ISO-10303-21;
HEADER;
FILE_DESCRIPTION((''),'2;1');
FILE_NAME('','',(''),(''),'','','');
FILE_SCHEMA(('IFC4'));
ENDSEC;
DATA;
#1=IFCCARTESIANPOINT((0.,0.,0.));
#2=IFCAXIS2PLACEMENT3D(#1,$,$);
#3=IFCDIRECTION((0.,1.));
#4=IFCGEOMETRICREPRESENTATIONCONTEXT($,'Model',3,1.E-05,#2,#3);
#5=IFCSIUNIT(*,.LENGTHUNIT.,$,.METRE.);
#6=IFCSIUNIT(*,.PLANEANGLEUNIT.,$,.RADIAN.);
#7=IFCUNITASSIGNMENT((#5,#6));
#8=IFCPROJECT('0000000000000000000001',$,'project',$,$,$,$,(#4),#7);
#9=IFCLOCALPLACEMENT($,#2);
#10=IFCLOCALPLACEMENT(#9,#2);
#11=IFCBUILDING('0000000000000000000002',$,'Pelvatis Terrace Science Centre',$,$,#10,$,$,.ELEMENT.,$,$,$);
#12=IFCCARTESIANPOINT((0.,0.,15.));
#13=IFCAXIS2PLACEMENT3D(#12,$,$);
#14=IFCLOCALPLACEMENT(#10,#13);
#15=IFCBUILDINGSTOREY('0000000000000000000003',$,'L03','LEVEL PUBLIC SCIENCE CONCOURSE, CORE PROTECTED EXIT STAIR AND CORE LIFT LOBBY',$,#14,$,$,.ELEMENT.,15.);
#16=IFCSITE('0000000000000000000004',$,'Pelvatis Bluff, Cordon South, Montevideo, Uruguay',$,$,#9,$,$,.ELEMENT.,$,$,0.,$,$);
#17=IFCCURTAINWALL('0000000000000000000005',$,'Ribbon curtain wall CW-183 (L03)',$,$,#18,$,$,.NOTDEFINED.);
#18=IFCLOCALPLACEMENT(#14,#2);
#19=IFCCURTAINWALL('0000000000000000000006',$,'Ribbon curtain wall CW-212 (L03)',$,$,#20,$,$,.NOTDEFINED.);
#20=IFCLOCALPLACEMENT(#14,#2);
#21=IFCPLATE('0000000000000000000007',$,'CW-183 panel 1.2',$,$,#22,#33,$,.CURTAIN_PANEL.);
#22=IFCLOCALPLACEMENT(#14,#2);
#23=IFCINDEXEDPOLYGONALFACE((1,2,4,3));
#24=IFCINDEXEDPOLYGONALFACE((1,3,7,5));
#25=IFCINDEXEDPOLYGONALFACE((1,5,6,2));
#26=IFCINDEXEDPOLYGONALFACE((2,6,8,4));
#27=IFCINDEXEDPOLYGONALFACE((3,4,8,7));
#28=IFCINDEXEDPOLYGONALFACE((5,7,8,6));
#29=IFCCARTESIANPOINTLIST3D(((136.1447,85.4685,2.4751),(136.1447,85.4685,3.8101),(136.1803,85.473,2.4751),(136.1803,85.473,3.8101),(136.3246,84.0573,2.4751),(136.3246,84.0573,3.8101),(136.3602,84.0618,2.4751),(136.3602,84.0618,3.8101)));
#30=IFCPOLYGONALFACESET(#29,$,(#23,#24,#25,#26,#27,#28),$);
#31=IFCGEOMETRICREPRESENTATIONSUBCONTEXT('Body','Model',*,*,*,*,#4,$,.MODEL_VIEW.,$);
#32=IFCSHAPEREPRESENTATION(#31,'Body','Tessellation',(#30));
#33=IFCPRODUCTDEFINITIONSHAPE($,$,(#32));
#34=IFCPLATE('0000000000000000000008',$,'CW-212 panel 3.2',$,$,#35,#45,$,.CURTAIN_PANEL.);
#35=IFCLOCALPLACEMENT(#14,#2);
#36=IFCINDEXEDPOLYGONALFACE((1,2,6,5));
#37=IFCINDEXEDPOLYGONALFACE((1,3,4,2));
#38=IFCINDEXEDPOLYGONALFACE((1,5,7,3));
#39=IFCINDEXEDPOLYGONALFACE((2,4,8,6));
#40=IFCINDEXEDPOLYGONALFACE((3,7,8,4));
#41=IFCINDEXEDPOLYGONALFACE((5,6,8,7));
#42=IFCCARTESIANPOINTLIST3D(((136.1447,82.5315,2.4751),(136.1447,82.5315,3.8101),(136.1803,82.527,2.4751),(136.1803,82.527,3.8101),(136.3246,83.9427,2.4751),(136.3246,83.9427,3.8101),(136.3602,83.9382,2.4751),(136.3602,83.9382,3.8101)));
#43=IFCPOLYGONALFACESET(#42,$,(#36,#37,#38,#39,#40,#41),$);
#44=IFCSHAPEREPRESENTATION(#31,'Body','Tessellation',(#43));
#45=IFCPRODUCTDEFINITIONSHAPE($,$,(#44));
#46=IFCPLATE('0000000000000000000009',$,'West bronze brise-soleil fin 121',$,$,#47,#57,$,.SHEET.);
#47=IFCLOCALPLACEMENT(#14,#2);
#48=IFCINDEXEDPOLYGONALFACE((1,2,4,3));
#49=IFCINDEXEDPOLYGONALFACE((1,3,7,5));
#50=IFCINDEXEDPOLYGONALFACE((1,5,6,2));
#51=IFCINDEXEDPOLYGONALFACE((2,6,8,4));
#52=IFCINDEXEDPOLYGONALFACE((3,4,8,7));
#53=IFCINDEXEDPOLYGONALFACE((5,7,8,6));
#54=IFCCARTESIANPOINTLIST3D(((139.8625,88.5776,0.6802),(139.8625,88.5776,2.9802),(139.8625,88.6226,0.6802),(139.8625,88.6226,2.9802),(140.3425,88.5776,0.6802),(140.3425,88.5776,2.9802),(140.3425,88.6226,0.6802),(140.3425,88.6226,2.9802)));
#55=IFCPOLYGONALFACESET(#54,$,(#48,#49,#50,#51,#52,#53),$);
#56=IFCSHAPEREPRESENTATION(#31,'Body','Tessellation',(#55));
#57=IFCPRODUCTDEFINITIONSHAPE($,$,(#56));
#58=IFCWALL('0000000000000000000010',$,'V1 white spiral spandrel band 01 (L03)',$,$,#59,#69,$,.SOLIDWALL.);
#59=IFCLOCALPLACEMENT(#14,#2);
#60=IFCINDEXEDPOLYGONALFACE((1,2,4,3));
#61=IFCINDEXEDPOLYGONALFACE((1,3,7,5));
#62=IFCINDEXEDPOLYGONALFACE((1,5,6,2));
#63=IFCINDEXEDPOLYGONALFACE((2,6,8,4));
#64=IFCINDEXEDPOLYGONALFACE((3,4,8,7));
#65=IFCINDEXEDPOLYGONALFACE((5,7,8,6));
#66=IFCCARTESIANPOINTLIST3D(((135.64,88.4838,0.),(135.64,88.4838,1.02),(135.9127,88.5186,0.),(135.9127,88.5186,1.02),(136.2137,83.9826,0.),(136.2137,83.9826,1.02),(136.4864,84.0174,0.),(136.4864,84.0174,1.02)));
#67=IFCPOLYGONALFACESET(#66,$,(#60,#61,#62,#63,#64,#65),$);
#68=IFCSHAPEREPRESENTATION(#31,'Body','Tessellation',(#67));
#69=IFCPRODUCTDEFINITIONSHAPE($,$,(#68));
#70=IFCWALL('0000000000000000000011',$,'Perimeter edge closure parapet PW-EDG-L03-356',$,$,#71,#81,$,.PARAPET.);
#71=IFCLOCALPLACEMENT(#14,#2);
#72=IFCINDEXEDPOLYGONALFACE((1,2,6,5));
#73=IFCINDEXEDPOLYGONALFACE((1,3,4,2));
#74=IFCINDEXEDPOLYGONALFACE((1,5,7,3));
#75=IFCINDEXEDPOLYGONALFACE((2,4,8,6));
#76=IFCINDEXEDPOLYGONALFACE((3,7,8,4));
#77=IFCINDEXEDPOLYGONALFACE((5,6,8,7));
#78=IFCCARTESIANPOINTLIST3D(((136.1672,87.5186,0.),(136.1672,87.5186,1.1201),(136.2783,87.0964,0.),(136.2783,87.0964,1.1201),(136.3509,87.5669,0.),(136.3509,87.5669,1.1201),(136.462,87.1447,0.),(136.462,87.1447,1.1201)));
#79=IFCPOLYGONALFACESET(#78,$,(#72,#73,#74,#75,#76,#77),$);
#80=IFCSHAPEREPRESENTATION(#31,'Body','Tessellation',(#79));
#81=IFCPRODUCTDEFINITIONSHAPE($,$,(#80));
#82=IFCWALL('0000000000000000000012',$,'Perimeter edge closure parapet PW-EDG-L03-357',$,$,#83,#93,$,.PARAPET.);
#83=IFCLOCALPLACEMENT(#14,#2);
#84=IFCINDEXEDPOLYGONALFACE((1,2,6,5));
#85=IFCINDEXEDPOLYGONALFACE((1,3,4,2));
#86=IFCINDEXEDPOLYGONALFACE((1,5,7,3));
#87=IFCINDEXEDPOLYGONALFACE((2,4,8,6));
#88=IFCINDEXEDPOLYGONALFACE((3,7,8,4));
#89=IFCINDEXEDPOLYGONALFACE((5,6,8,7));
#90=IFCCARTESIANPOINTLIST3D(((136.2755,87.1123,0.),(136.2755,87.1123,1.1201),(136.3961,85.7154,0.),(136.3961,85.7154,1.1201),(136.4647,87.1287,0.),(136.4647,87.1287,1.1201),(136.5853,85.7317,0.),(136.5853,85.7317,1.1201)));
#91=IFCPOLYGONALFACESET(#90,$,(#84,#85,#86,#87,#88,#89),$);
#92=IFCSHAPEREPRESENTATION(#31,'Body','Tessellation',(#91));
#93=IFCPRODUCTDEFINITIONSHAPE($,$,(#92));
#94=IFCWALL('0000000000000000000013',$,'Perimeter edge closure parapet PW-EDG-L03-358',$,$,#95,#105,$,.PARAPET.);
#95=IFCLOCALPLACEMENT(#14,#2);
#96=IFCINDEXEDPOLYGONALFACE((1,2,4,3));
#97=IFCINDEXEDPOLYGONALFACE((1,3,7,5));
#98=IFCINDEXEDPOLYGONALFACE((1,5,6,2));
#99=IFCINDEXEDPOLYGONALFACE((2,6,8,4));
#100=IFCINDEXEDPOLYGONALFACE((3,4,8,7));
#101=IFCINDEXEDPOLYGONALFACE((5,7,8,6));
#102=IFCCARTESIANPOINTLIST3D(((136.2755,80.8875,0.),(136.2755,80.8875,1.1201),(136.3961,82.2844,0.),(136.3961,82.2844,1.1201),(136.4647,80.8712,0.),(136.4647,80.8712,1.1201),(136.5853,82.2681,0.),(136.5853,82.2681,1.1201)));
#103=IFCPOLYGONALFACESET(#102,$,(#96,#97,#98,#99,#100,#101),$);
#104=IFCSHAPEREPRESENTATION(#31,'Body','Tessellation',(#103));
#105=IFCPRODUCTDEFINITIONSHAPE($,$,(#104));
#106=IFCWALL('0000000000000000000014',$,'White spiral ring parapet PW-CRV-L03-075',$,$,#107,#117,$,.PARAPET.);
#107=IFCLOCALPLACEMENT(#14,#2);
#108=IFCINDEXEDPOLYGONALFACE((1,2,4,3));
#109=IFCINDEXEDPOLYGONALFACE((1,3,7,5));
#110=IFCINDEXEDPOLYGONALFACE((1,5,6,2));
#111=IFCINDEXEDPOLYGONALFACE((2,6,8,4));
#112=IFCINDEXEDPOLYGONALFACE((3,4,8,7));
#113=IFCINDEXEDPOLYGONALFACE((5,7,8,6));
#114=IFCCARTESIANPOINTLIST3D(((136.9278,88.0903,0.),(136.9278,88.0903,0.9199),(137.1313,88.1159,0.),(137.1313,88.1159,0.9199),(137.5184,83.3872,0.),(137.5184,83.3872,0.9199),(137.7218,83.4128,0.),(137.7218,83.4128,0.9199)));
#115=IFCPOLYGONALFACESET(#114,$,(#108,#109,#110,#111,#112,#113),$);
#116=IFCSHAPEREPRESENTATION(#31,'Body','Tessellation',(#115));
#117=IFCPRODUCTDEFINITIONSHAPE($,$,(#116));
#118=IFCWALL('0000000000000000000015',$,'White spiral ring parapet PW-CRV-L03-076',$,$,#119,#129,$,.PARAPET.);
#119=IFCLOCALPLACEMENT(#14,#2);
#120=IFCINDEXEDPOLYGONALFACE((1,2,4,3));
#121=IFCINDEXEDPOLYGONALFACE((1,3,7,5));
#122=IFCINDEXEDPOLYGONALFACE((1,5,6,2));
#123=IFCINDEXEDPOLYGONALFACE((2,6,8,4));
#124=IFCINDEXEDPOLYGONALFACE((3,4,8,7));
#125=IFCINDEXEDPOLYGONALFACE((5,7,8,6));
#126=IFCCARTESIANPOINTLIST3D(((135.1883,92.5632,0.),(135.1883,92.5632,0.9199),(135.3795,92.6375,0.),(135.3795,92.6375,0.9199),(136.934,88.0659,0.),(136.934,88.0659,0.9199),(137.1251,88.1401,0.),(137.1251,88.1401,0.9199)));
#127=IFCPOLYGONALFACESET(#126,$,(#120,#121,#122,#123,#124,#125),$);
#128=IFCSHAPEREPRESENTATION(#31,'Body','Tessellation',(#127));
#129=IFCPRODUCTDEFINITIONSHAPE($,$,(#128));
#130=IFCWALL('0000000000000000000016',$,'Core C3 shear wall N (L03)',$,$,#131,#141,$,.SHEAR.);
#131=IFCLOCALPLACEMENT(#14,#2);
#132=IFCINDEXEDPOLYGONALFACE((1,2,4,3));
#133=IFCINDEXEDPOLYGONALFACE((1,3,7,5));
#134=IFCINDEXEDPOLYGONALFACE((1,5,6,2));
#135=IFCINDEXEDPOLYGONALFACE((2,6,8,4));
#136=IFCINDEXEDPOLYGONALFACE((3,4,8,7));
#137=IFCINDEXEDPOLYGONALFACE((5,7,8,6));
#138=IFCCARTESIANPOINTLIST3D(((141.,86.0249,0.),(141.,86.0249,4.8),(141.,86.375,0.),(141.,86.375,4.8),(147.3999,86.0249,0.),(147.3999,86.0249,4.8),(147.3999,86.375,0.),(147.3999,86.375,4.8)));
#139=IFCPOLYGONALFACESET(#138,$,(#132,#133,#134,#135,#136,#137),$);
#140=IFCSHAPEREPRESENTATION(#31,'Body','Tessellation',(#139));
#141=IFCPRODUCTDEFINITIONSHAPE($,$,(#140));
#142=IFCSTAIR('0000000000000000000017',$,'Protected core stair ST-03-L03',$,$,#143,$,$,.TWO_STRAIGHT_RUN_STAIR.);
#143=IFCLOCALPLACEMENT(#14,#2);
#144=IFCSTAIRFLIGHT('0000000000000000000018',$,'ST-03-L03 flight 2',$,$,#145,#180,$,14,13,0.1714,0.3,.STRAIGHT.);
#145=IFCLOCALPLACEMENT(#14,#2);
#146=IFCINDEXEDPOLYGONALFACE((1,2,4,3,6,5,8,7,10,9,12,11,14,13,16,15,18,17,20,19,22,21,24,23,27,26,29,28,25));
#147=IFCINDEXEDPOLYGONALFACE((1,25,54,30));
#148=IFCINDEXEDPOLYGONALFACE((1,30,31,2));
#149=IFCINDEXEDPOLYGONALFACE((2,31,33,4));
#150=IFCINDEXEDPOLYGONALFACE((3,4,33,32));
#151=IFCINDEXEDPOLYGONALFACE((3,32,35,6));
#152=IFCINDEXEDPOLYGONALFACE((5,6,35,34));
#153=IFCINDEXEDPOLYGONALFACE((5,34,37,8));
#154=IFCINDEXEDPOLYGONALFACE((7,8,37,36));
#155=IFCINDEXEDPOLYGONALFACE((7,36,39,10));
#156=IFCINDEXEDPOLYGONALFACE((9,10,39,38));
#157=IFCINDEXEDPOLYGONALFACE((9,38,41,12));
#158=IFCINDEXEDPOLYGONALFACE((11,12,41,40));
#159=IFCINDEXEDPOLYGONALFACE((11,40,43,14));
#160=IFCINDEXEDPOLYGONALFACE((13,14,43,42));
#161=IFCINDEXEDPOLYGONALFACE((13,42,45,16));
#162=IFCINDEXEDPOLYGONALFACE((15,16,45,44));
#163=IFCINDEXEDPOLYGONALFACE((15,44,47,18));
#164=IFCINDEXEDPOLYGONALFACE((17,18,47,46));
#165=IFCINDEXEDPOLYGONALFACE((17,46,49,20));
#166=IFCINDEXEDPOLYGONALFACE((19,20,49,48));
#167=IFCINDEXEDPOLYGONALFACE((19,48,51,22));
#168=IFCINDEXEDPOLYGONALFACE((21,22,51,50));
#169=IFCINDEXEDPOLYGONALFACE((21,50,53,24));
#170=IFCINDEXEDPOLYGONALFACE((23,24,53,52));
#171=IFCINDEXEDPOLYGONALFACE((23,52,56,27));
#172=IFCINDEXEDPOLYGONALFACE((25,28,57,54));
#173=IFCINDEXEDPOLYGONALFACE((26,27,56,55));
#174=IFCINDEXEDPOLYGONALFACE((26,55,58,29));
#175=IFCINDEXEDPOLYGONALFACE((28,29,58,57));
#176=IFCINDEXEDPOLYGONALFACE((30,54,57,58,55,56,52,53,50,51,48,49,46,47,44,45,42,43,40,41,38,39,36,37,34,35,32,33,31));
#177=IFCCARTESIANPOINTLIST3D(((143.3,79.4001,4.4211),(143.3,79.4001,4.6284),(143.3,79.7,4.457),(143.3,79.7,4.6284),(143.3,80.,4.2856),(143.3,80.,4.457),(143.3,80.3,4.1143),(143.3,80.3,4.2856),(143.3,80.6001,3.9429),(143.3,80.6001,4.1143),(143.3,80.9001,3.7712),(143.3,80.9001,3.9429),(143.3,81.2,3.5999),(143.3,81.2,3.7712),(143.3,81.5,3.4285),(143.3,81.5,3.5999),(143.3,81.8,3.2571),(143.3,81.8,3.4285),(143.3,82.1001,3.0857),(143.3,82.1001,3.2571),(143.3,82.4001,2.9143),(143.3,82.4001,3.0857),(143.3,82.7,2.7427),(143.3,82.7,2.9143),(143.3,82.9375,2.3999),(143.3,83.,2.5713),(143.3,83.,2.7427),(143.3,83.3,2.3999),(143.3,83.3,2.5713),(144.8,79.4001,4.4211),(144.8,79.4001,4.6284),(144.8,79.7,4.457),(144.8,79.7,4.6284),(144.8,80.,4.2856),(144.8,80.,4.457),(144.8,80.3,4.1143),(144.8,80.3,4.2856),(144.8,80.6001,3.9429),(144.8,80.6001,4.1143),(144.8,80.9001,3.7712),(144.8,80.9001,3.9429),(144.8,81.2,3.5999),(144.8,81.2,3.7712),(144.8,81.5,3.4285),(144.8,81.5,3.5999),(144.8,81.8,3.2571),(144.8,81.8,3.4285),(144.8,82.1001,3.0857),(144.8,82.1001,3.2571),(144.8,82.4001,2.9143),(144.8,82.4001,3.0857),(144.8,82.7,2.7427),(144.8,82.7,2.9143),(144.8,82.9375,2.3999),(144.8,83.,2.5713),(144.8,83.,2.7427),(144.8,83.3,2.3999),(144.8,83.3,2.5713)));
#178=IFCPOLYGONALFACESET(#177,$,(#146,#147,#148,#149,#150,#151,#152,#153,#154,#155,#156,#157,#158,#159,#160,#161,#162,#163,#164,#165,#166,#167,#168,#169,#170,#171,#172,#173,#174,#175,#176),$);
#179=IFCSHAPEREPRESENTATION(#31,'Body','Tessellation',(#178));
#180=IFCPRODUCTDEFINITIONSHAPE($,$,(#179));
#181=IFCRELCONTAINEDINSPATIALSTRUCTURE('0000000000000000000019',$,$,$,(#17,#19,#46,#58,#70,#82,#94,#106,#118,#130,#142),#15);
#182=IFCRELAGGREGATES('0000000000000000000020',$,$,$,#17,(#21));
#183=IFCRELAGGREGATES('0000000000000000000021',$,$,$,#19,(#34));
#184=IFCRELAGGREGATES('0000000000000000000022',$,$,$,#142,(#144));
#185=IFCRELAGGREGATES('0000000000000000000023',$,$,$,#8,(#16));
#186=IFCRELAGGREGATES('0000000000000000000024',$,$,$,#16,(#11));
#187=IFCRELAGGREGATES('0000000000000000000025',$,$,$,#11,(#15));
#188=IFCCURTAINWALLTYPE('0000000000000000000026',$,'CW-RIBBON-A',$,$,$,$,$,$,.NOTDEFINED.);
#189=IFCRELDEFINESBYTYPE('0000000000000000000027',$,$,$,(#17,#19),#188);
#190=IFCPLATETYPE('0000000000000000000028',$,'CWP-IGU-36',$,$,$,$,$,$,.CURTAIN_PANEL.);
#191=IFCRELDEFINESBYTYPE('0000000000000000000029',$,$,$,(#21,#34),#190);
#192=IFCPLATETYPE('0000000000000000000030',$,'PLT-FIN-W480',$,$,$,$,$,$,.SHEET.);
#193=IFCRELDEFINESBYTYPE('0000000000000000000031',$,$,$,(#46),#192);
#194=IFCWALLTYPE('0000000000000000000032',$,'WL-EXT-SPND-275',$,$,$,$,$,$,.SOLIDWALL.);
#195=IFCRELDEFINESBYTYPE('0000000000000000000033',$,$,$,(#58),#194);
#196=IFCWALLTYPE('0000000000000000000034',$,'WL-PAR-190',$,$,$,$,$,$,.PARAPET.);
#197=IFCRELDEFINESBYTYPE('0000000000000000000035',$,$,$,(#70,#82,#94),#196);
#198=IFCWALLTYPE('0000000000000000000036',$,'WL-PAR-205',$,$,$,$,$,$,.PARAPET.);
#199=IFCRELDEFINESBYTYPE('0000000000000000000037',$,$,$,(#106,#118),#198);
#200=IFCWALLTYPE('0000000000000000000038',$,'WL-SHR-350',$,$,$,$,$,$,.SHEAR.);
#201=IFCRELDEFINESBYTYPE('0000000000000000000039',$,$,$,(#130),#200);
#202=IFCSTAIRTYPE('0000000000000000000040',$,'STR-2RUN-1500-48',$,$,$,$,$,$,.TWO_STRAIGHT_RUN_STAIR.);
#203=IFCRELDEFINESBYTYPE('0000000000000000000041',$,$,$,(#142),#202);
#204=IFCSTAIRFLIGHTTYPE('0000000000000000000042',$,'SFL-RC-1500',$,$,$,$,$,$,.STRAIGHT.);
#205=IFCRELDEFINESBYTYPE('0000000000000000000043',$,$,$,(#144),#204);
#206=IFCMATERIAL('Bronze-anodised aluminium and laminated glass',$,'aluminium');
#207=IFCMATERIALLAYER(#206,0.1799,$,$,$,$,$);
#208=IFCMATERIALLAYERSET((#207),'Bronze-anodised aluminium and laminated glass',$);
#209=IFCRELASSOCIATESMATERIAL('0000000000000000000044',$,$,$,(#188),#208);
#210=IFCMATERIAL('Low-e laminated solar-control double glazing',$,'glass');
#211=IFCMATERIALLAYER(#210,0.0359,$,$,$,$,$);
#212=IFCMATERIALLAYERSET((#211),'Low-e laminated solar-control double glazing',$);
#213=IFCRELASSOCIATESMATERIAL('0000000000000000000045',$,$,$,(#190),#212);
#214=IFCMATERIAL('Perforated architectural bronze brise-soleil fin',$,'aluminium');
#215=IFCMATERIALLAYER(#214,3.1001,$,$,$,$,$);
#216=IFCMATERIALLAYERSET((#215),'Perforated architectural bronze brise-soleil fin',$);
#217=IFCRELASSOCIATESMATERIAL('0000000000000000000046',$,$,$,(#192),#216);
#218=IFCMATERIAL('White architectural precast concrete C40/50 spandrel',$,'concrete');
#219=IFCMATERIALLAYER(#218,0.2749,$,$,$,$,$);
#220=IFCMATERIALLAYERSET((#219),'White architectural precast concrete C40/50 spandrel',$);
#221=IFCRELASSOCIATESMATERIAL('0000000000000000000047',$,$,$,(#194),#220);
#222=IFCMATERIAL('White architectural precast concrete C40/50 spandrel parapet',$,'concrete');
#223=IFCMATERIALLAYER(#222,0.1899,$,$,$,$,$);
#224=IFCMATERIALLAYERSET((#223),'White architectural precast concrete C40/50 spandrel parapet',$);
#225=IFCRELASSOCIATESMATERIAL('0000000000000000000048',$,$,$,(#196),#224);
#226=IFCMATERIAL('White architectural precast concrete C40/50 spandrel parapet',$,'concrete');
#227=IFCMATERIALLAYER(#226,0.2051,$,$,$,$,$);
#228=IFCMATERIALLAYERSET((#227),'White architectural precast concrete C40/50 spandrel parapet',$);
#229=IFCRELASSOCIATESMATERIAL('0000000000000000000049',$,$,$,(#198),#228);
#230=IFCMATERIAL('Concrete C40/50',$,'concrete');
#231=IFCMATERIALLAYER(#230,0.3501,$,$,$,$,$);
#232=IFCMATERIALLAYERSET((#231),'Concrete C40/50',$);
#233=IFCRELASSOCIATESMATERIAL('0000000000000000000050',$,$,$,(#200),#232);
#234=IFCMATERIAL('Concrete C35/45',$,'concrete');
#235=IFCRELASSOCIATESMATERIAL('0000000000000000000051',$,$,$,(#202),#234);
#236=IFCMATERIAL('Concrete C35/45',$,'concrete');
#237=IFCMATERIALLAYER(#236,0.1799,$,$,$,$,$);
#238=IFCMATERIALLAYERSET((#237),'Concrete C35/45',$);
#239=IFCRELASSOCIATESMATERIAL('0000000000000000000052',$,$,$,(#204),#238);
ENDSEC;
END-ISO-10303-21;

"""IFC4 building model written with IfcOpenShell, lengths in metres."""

from ifc_helpers import new_model, si_unit, direction, frame, frame_2d, origin, origin_2d, place, context, subcontext, project, spatial, polyline, rectangle, outline, extrude, material, layer, layer_set, type_object, element, aggregate, save


model = new_model("IFC4")

# Units and contexts
model_context = context("Model", 3, precision=1e-05, world=origin(), true_north=direction((0.0, 1.0)))
body_context = subcontext(model_context, "Body", "Model", "MODEL_VIEW")
ifc_project = project(units=[si_unit("LENGTHUNIT", "METRE"), si_unit("PLANEANGLEUNIT", "RADIAN")], contexts=[model_context])

# Site, building, storey
site_placement = place(None, origin())
site = spatial("IfcSite", under=ifc_project, at=site_placement, Name="Pelvatis Bluff, Cordon South, Montevideo, Uruguay", CompositionType="ELEMENT", RefElevation=0.0)
building_placement = place(site_placement, origin())
building = spatial("IfcBuilding", under=site, at=building_placement, Name="Pelvatis Terrace Science Centre", CompositionType="ELEMENT")
storey_placement = place(building_placement, frame((0.0, 0.0, 15.0)))
storey = spatial("IfcBuildingStorey", under=building, at=storey_placement, Name="L03", Description="LEVEL PUBLIC SCIENCE CONCOURSE, CORE PROTECTED EXIT STAIR AND CORE LIFT LOBBY", CompositionType="ELEMENT", Elevation=15.0)

# Curtain walls
ifc_material_1 = material(Name="Bronze-anodised aluminium and laminated glass", Category="aluminium")
ifc_layer_1 = layer(ifc_material_1, 0.1799)
ifc_layer_set_1 = layer_set([ifc_layer_1], Name="Bronze-anodised aluminium and laminated glass")
curtain_wall_type = type_object("IfcCurtainWallType", Name="CW-RIBBON-A", PredefinedType="NOTDEFINED", material=ifc_layer_set_1)
curtain_wall_1_placement = place(storey_placement, origin())
curtain_wall_1 = element("IfcCurtainWall", 1, at=curtain_wall_1_placement, inside=storey, type_object=curtain_wall_type, Name="Ribbon curtain wall CW-183 (L03)", PredefinedType="NOTDEFINED")
curtain_wall_2_placement = place(storey_placement, origin())
curtain_wall_2 = element("IfcCurtainWall", 2, at=curtain_wall_2_placement, inside=storey, type_object=curtain_wall_type, Name="Ribbon curtain wall CW-212 (L03)", PredefinedType="NOTDEFINED")

# Plates
ifc_material_2 = material(Name="Low-e laminated solar-control double glazing", Category="glass")
ifc_layer_2 = layer(ifc_material_2, 0.0359)
ifc_layer_set_2 = layer_set([ifc_layer_2], Name="Low-e laminated solar-control double glazing")
plate_type_1 = type_object("IfcPlateType", Name="CWP-IGU-36", PredefinedType="CURTAIN_PANEL", material=ifc_layer_set_2)
plate_1_placement = place(storey_placement, frame((136.2524, 84.7651, 2.4751), z_axis=(0.0, 0.0, 1.0), x_axis=(-0.126408, 0.991978, 0.0)))
plate_1 = element("IfcPlate", 3, at=plate_1_placement, type_object=plate_type_1, Name="CW-183 panel 1.2", PredefinedType="CURTAIN_PANEL", context=body_context, shape_type="SweptSolid", body=[
    extrude(rectangle(XDim=1.4226, YDim=0.0359, at=origin_2d()), origin(), (0.0, 0.0, 1.0), 1.335),
])
aggregate(curtain_wall_1, [plate_1])
plate_2_placement = place(storey_placement, frame((136.2524, 83.2349, 2.4751), z_axis=(0.0, 0.0, 1.0), x_axis=(0.126408, 0.991978, 0.0)))
plate_2 = element("IfcPlate", 4, at=plate_2_placement, type_object=plate_type_1, Name="CW-212 panel 3.2", PredefinedType="CURTAIN_PANEL", context=body_context, shape_type="SweptSolid", body=[
    extrude(rectangle(XDim=1.4226, YDim=0.0359, at=origin_2d()), origin(), (0.0, 0.0, 1.0), 1.335),
])
aggregate(curtain_wall_2, [plate_2])
ifc_material_3 = material(Name="Perforated architectural bronze brise-soleil fin", Category="aluminium")
ifc_layer_3 = layer(ifc_material_3, 3.1001)
ifc_layer_set_3 = layer_set([ifc_layer_3], Name="Perforated architectural bronze brise-soleil fin")
plate_type_2 = type_object("IfcPlateType", Name="PLT-FIN-W480", PredefinedType="SHEET", material=ifc_layer_set_3)
plate_3_placement = place(storey_placement, frame((140.1025, 88.6001, 0.6802), z_axis=(0.0, 0.0, 1.0), x_axis=(1.0, 0.0, 0.0)))
element("IfcPlate", 5, at=plate_3_placement, inside=storey, type_object=plate_type_2, Name="West bronze brise-soleil fin 121", PredefinedType="SHEET", context=body_context, shape_type="SweptSolid", body=[
    extrude(rectangle(XDim=0.48, YDim=0.0449, at=origin_2d()), origin(), (0.0, 0.0, 1.0), 2.3),
])

# Walls
ifc_material_4 = material(Name="White architectural precast concrete C40/50 spandrel", Category="concrete")
ifc_layer_4 = layer(ifc_material_4, 0.2749)
ifc_layer_set_4 = layer_set([ifc_layer_4], Name="White architectural precast concrete C40/50 spandrel")
wall_type_1 = type_object("IfcWallType", Name="WL-EXT-SPND-275", PredefinedType="SOLIDWALL", material=ifc_layer_set_4)
wall_1_placement = place(storey_placement, frame((136.3501, 84.0, 0.0), z_axis=(0.0, 0.0, 1.0), x_axis=(-0.126438, 0.991974, 0.0)))
element("IfcWall", 6, at=wall_1_placement, inside=storey, type_object=wall_type_1, Name="V1 white spiral spandrel band 01 (L03)", PredefinedType="SOLIDWALL", context=body_context, shape_type="SweptSolid", body=[
    extrude(rectangle(XDim=4.5376, YDim=0.2749, at=frame_2d((2.2688, 0.0))), origin(), (0.0, 0.0, 1.0), 1.02),
])
ifc_material_5 = material(Name="White architectural precast concrete C40/50 spandrel parapet", Category="concrete")
ifc_layer_5 = layer(ifc_material_5, 0.1899)
ifc_layer_set_5 = layer_set([ifc_layer_5], Name="White architectural precast concrete C40/50 spandrel parapet")
wall_type_2 = type_object("IfcWallType", Name="WL-PAR-190", PredefinedType="PARAPET", material=ifc_layer_set_5)
wall_2_placement = place(storey_placement, frame((136.259, 87.5427, 0.0), z_axis=(0.0, 0.0, 1.0), x_axis=(0.254493, -0.967075, 0.0)))
element("IfcWall", 7, at=wall_2_placement, inside=storey, type_object=wall_type_2, Name="Perimeter edge closure parapet PW-EDG-L03-356", PredefinedType="PARAPET", context=body_context, shape_type="SweptSolid", body=[
    extrude(rectangle(XDim=0.4365, YDim=0.1899, at=frame_2d((0.2183, 0.0))), origin(), (0.0, 0.0, 1.0), 1.1201),
])
for number, where, z_axis, x_axis, name in (
    (8, (136.3701, 87.1206, 0.0), (0.0, 0.0, 1.0), (0.086013, -0.996294, 0.0), "Perimeter edge closure parapet PW-EDG-L03-357"),
    (9, (136.4907, 82.2764, 0.0), (0.0, 0.0, 1.0), (-0.086013, -0.996294, 0.0), "Perimeter edge closure parapet PW-EDG-L03-358"),
):
    element("IfcWall", number, at=place(storey_placement, frame(where, z_axis=z_axis, x_axis=x_axis)), inside=storey, type_object=wall_type_2, Name=name, PredefinedType="PARAPET", context=body_context, shape_type="SweptSolid", body=[
        extrude(rectangle(XDim=1.4021, YDim=0.1899, at=frame_2d((0.7012, 0.0))), origin(), (0.0, 0.0, 1.0), 1.1201),
    ])
ifc_material_6 = material(Name="White architectural precast concrete C40/50 spandrel parapet", Category="concrete")
ifc_layer_6 = layer(ifc_material_6, 0.2051)
ifc_layer_set_6 = layer_set([ifc_layer_6], Name="White architectural precast concrete C40/50 spandrel parapet")
wall_type_3 = type_object("IfcWallType", Name="WL-PAR-205", PredefinedType="PARAPET", material=ifc_layer_set_6)
wall_3_placement = place(storey_placement, frame((137.6201, 83.3999, 0.0), z_axis=(0.0, 0.0, 1.0), x_axis=(-0.124593, 0.992208, 0.0)))
element("IfcWall", 10, at=wall_3_placement, inside=storey, type_object=wall_type_3, Name="White spiral ring parapet PW-CRV-L03-075", PredefinedType="PARAPET", context=body_context, shape_type="SweptSolid", body=[
    extrude(rectangle(XDim=4.74, YDim=0.2051, at=frame_2d((2.3701, 0.0))), origin(), (0.0, 0.0, 1.0), 0.9199),
])
wall_4_placement = place(storey_placement, frame((137.0295, 88.103, 0.0), z_axis=(0.0, 0.0, 1.0), x_axis=(-0.361843, 0.932239, 0.0)))
element("IfcWall", 11, at=wall_4_placement, inside=storey, type_object=wall_type_3, Name="White spiral ring parapet PW-CRV-L03-076", PredefinedType="PARAPET", context=body_context, shape_type="SweptSolid", body=[
    extrude(rectangle(XDim=4.8242, YDim=0.2051, at=frame_2d((2.4121, 0.0))), origin(), (0.0, 0.0, 1.0), 0.9199),
])
ifc_material_7 = material(Name="Concrete C40/50", Category="concrete")
ifc_layer_7 = layer(ifc_material_7, 0.3501)
ifc_layer_set_7 = layer_set([ifc_layer_7], Name="Concrete C40/50")
wall_type_4 = type_object("IfcWallType", Name="WL-SHR-350", PredefinedType="SHEAR", material=ifc_layer_set_7)
wall_5_placement = place(storey_placement, frame((141.0, 86.2, 0.0), z_axis=(0.0, 0.0, 1.0), x_axis=(1.0, 0.0, 0.0)))
element("IfcWall", 12, at=wall_5_placement, inside=storey, type_object=wall_type_4, Name="Core C3 shear wall N (L03)", PredefinedType="SHEAR", context=body_context, shape_type="SweptSolid", body=[
    extrude(rectangle(XDim=6.3999, YDim=0.3501, at=frame_2d((3.2, 0.0))), origin(), (0.0, 0.0, 1.0), 4.8),
])

# Stair, stair flight
ifc_material_8 = material(Name="Concrete C35/45", Category="concrete")
stair_type = type_object("IfcStairType", Name="STR-2RUN-1500-48", PredefinedType="TWO_STRAIGHT_RUN_STAIR", material=ifc_material_8)
stair_placement = place(storey_placement, origin())
stair = element("IfcStair", 13, at=stair_placement, inside=storey, type_object=stair_type, Name="Protected core stair ST-03-L03", PredefinedType="TWO_STRAIGHT_RUN_STAIR")
ifc_material_9 = material(Name="Concrete C35/45", Category="concrete")
ifc_layer_8 = layer(ifc_material_9, 0.1799)
ifc_layer_set_8 = layer_set([ifc_layer_8], Name="Concrete C35/45")
stair_flight_type = type_object("IfcStairFlightType", Name="SFL-RC-1500", PredefinedType="STRAIGHT", material=ifc_layer_set_8)
stair_flight_placement = place(storey_placement, frame((144.05, 83.3, 2.3999), z_axis=(0.0, 0.0, 1.0), x_axis=(0.0, -1.0, 0.0)))
stair_flight = element("IfcStairFlight", 14, at=stair_flight_placement, type_object=stair_flight_type, Name="ST-03-L03 flight 2", NumberOfRisers=14, NumberOfTreads=13, PredefinedType="STRAIGHT", RiserHeight=0.1714, TreadLength=0.3, context=body_context, shape_type="SweptSolid", body=[
    extrude(outline(polyline([(0.0, 0.0), (0.0, 0.1714), (0.3, 0.1714), (0.3, 0.3428), (0.6001, 0.3428), (0.6001, 0.5144), (0.8999, 0.5144), (0.8999, 0.6858), (1.2, 0.6858), (1.2, 0.8572), (1.5, 0.8572), (1.5, 1.0286), (1.8, 1.0286), (1.8, 1.2), (2.1001, 1.2), (2.1001, 1.3713), (2.3999, 1.3713), (2.3999, 1.543), (2.7, 1.543), (2.7, 1.7144), (3.0, 1.7144), (3.0, 1.8857), (3.3, 1.8857), (3.3, 2.0571), (3.6001, 2.0571), (3.6001, 2.2285), (3.8999, 2.2285), (3.8999, 2.3999), (3.8999, 2.0212), (0.3625, 0.0), (0.0, 0.0)])), frame((0.0, 0.75, 0.0), z_axis=(0.0, -1.0, 0.0), x_axis=(1.0, 0.0, 0.0)), (0.0, 0.0, 1.0), 1.5),
])
aggregate(stair, [stair_flight])

save(model, "model.ifc")
